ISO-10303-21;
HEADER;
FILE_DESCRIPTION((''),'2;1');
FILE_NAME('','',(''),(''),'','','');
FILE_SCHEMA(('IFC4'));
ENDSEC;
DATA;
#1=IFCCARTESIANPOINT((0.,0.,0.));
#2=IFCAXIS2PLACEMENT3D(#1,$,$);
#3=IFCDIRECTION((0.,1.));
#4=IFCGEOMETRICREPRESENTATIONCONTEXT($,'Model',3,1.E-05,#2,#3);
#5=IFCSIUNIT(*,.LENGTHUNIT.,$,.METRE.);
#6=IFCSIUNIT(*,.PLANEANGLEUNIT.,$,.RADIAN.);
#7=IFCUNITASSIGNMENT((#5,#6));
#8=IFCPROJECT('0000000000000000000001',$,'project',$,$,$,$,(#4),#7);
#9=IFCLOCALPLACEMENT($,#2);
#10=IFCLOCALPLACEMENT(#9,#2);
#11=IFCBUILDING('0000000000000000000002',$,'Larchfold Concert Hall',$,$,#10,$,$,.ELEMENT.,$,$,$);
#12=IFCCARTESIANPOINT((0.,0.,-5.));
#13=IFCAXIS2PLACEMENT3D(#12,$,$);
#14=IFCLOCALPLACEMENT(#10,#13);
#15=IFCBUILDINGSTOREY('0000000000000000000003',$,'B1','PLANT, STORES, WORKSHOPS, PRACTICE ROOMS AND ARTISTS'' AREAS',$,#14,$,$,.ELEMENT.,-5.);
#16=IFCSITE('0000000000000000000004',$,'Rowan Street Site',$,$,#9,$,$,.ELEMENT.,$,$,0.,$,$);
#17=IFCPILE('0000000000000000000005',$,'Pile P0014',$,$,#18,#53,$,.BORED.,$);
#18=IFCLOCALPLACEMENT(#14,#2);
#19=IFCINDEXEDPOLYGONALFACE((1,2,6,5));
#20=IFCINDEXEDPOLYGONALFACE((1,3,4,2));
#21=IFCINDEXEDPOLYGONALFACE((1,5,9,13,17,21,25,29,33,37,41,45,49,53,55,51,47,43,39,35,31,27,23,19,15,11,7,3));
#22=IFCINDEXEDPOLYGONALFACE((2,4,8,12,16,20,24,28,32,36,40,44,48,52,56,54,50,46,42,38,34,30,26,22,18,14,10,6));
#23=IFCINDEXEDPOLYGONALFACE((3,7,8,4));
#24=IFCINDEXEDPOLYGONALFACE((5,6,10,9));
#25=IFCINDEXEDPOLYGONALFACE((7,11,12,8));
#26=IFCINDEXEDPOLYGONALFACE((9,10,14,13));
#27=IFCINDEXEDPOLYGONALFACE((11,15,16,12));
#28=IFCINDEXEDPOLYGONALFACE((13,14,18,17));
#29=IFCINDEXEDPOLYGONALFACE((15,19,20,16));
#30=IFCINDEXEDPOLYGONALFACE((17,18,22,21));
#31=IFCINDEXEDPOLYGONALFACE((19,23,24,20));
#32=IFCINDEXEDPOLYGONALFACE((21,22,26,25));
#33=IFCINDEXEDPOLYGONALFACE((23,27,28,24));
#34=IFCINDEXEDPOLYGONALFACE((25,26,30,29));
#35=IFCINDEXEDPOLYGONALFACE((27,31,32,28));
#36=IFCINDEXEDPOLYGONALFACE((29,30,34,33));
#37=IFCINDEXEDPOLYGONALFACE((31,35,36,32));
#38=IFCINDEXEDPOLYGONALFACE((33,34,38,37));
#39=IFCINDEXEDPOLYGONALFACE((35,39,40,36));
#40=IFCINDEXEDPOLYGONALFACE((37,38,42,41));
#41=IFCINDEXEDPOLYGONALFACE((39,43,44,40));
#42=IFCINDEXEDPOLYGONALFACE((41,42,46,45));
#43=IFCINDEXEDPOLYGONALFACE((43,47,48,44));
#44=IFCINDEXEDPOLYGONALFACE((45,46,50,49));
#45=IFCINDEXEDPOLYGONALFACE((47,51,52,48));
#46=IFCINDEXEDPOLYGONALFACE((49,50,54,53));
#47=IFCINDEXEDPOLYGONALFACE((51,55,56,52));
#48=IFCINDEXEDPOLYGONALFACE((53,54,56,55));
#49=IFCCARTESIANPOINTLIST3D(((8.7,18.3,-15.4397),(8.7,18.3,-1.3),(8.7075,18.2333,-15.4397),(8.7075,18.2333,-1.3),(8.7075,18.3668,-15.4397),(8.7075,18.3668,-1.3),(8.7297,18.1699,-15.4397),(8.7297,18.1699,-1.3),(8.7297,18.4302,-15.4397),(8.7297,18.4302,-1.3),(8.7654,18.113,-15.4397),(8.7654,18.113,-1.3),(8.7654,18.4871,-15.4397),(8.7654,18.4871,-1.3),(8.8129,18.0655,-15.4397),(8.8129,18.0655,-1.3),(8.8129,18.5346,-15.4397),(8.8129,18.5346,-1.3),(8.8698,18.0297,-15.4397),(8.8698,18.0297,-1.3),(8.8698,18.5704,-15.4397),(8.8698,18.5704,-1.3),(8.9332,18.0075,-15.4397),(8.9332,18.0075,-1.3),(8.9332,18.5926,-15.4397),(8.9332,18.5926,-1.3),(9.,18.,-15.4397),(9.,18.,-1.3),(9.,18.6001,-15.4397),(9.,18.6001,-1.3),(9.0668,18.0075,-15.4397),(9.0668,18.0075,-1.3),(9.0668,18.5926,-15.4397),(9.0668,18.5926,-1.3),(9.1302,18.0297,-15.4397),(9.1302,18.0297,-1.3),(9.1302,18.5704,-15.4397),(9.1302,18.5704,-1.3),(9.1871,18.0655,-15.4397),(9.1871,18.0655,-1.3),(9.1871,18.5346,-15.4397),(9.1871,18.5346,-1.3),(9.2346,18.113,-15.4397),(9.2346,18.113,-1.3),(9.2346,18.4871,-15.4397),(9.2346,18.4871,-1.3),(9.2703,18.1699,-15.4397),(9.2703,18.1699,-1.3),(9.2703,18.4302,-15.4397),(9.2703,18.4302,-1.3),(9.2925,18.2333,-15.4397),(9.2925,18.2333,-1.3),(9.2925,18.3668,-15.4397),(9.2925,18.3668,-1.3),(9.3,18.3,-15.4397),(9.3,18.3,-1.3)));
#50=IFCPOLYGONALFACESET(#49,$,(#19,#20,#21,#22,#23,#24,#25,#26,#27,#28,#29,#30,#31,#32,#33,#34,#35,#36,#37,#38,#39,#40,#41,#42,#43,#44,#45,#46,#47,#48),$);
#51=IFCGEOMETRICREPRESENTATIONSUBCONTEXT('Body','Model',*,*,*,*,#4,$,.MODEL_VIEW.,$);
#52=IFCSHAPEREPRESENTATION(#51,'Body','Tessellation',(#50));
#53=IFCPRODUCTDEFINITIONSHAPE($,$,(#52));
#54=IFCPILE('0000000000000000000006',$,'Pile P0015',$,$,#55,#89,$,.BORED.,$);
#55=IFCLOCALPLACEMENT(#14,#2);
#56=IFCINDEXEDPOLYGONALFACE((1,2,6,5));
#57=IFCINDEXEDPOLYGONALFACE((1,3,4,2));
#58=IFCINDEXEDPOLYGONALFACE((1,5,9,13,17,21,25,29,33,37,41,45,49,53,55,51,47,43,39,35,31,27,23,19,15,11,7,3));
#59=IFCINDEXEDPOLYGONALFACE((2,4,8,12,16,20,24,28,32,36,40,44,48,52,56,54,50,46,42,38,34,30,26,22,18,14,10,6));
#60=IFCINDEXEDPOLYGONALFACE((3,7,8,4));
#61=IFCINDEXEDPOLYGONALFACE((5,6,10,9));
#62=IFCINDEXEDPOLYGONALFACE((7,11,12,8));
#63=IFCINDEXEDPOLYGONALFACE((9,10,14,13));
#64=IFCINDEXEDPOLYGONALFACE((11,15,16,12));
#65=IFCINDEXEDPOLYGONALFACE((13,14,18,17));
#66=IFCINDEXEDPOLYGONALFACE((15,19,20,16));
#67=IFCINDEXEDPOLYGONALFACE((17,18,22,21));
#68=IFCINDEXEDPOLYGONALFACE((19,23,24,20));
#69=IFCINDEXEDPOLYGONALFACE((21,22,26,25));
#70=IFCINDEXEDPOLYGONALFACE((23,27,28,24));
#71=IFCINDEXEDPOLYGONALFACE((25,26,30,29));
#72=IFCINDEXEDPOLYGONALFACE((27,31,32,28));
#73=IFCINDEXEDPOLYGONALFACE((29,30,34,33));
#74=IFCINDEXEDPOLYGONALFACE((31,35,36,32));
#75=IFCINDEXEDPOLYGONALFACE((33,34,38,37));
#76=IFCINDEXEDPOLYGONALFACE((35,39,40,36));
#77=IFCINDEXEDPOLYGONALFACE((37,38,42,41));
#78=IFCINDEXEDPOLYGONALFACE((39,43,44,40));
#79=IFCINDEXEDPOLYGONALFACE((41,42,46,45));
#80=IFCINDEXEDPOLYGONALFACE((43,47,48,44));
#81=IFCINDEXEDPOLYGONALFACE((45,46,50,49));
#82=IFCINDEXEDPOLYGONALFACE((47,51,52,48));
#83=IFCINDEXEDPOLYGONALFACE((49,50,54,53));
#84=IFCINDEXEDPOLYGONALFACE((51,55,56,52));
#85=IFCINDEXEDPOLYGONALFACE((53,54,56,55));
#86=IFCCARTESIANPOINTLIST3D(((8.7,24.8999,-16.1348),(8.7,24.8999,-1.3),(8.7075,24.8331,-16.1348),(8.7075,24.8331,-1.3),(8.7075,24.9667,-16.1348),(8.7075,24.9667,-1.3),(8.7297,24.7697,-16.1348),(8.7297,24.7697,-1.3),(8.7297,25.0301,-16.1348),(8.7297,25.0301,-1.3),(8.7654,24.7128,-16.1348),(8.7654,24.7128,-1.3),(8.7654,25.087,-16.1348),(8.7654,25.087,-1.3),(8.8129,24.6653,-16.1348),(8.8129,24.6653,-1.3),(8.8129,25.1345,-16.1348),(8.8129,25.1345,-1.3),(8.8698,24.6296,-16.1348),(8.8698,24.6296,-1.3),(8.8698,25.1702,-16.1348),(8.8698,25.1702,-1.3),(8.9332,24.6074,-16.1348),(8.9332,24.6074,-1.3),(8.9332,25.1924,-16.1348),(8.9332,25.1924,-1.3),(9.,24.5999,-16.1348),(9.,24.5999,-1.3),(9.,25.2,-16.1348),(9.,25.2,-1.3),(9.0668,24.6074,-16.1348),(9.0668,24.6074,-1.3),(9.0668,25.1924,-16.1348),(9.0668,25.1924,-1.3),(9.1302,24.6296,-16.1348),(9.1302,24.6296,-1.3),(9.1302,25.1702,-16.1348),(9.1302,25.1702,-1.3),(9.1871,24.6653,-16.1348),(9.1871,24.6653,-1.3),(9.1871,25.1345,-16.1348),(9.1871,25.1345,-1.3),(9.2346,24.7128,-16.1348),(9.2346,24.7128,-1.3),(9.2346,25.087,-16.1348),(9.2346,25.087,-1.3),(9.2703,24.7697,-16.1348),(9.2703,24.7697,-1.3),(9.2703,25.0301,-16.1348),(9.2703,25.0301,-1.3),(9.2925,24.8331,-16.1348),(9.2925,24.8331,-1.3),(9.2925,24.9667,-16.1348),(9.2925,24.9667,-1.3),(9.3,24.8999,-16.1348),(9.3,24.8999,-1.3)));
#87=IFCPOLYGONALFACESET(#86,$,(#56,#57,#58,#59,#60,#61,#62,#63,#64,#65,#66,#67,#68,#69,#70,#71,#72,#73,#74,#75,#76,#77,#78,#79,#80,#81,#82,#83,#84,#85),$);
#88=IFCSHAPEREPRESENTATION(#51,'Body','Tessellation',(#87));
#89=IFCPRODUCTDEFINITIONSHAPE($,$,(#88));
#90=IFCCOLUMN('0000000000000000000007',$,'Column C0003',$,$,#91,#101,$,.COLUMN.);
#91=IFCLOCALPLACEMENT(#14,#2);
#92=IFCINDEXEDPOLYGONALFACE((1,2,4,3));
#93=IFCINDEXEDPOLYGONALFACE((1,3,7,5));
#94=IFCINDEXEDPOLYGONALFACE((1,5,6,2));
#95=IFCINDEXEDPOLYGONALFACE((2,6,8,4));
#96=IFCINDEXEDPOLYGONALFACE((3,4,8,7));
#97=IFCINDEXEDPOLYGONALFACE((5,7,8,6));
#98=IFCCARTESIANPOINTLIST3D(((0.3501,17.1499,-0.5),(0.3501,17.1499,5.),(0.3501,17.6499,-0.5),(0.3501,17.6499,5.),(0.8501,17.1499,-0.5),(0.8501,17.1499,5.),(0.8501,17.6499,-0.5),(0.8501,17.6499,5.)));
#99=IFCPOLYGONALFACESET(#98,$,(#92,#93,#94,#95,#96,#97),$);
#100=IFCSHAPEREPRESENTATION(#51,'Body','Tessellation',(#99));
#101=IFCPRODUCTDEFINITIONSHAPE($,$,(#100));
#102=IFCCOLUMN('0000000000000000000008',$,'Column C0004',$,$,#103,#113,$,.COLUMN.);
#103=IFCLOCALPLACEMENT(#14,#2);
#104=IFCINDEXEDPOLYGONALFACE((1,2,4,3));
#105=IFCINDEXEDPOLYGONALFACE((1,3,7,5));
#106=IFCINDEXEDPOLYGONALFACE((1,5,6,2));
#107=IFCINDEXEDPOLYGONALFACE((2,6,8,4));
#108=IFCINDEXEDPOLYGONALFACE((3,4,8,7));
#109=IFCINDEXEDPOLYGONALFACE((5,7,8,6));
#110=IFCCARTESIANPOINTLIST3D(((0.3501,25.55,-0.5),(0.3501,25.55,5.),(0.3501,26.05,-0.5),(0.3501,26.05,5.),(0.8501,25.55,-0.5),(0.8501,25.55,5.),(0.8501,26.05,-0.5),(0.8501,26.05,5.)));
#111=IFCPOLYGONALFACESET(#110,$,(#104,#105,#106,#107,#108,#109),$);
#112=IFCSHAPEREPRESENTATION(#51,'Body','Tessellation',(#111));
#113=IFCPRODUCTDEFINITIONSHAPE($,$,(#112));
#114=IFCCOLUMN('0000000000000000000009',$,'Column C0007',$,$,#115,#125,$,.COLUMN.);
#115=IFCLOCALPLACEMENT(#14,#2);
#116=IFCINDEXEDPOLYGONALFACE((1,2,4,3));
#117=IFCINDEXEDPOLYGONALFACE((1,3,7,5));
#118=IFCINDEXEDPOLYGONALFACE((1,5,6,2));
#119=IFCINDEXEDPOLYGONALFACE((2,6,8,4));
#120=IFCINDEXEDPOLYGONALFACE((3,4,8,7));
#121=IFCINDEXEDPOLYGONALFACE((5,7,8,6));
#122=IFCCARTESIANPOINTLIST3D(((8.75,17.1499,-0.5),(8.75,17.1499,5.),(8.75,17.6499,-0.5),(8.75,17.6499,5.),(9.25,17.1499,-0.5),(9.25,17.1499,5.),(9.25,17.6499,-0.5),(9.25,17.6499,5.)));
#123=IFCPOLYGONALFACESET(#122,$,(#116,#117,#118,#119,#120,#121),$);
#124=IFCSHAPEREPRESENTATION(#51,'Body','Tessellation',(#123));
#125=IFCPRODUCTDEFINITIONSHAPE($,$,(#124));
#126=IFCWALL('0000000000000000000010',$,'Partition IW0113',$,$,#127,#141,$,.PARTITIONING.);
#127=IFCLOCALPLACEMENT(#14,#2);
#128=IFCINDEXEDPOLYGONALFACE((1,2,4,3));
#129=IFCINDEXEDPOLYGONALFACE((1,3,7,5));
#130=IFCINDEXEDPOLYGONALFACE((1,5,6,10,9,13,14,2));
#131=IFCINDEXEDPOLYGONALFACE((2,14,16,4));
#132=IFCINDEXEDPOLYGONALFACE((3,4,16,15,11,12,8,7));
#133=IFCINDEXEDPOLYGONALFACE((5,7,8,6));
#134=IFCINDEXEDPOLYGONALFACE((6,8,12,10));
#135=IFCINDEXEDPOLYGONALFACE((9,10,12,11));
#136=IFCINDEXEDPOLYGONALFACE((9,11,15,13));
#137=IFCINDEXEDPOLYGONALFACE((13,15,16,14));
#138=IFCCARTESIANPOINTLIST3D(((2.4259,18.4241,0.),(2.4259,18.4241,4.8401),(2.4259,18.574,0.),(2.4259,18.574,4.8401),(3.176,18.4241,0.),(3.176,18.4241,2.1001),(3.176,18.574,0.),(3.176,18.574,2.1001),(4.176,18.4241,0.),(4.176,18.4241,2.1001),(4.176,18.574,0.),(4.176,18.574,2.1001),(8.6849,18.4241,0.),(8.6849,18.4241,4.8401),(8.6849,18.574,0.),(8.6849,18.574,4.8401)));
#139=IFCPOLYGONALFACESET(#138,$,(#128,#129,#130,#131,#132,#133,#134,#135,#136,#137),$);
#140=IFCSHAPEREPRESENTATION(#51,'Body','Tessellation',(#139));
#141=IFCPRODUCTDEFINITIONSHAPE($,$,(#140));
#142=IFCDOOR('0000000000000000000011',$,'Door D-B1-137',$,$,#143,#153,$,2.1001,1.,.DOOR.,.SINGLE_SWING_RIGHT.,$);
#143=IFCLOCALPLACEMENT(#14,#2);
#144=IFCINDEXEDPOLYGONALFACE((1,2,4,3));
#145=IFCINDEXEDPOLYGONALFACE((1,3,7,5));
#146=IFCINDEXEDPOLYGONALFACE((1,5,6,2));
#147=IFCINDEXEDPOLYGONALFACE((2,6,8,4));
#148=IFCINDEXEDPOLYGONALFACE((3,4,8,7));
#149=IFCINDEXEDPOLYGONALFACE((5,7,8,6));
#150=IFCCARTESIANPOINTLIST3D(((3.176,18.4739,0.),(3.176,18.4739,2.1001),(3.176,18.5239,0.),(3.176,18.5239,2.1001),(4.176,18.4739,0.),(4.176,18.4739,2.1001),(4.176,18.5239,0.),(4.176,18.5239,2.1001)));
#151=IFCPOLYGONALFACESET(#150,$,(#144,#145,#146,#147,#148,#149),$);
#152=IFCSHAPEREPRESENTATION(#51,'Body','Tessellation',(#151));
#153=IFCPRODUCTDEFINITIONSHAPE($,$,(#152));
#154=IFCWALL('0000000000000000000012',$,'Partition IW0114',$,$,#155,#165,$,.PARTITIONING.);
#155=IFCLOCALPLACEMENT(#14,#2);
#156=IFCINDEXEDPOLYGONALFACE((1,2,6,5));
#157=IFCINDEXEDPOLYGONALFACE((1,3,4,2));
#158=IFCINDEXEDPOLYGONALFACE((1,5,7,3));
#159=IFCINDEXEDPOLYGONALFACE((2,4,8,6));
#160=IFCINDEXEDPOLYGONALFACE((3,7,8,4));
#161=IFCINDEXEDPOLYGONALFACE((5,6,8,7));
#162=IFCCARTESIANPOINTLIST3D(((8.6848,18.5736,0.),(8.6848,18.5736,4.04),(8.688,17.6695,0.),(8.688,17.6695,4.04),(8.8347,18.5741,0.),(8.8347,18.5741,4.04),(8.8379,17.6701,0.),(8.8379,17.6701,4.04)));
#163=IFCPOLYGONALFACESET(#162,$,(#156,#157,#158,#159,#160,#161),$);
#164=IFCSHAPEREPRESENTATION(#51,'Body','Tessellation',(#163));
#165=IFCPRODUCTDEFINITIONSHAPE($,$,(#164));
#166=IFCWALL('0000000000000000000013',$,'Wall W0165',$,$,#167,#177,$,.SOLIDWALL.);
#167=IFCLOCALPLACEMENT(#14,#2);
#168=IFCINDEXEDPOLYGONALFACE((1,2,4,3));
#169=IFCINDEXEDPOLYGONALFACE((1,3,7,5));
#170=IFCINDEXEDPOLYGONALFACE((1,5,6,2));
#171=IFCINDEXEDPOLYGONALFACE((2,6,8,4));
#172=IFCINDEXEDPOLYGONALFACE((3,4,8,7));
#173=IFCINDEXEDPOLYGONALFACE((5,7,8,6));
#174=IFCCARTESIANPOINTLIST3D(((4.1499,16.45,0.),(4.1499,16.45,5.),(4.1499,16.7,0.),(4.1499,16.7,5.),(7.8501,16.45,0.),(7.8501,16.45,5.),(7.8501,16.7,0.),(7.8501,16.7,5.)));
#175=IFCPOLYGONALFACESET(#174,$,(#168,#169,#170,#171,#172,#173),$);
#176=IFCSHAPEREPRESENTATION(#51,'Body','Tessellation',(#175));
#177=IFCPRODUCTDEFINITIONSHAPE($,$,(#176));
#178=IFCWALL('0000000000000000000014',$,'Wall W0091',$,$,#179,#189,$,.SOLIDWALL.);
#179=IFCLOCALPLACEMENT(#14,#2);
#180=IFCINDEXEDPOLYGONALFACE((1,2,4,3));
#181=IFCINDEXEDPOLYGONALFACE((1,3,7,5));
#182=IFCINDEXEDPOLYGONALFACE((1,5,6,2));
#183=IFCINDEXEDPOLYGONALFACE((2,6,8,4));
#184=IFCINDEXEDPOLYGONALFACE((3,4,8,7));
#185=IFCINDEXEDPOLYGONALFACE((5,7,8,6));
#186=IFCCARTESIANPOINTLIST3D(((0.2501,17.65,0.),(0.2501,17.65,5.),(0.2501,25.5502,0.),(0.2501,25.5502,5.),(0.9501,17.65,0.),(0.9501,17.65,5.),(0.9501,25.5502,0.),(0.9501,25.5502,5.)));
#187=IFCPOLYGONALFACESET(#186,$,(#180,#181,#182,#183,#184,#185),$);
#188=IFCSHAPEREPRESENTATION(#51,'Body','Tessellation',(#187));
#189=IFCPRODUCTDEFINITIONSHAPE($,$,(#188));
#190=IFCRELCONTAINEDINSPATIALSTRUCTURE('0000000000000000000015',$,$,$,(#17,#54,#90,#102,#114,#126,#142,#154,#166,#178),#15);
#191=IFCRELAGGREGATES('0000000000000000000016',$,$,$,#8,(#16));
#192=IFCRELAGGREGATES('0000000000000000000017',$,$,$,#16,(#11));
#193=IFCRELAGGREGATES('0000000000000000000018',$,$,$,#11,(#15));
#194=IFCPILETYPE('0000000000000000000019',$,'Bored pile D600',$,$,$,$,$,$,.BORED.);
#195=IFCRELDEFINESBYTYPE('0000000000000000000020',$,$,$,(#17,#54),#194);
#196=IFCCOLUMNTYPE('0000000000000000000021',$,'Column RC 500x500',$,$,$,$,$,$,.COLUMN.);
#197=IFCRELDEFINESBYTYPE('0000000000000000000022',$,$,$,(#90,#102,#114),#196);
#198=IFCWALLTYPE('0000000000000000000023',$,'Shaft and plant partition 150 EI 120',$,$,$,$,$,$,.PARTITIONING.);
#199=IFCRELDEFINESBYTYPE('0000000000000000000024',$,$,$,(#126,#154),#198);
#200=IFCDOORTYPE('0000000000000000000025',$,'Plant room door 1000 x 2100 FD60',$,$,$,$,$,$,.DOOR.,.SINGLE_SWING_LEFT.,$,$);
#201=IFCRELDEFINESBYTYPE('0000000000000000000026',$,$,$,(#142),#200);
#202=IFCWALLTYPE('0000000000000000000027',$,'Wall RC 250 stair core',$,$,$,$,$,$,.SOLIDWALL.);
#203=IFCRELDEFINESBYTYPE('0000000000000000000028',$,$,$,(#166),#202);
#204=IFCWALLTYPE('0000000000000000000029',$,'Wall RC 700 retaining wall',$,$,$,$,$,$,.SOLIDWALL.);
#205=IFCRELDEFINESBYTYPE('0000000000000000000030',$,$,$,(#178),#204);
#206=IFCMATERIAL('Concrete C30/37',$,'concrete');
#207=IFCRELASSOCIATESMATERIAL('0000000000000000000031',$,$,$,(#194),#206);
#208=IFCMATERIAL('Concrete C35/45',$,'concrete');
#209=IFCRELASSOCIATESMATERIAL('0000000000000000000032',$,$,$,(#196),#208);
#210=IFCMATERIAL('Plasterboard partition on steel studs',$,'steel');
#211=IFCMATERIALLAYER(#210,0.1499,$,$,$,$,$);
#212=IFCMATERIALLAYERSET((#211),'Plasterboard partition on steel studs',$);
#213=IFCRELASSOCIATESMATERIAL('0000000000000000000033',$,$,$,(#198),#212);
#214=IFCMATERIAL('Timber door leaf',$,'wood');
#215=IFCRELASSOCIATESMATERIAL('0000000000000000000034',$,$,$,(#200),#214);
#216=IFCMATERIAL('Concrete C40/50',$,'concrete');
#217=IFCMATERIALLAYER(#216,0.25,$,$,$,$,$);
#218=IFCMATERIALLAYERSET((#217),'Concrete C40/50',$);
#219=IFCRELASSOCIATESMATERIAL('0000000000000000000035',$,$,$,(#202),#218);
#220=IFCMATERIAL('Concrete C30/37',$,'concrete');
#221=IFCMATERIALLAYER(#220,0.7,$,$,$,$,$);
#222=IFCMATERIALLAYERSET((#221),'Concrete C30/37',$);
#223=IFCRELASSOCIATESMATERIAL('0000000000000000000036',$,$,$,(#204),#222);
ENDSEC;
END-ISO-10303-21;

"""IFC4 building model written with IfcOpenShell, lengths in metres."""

from ifc_helpers import new_model, si_unit, direction, frame, frame_2d, origin, origin_2d, place, context, subcontext, project, spatial, rectangle, circle, extrude, material, layer, layer_set, material_profile, profile_set, type_object, element, fill, save


model = new_model("IFC4")

# Units and contexts
model_context = context("Model", 3, precision=1e-05, world=origin(), true_north=direction((0.0, 1.0)))
body_context = subcontext(model_context, "Body", "Model", "MODEL_VIEW")
ifc_project = project(units=[si_unit("LENGTHUNIT", "METRE"), si_unit("PLANEANGLEUNIT", "RADIAN")], contexts=[model_context])

# Site, building, storey
site_placement = place(None, origin())
site = spatial("IfcSite", under=ifc_project, at=site_placement, Name="Rowan Street Site", CompositionType="ELEMENT", RefElevation=0.0)
building_placement = place(site_placement, origin())
building = spatial("IfcBuilding", under=site, at=building_placement, Name="Larchfold Concert Hall", CompositionType="ELEMENT")
storey_placement = place(building_placement, frame((0.0, 0.0, -5.0)))
storey = spatial("IfcBuildingStorey", under=building, at=storey_placement, Name="B1", Description="PLANT, STORES, WORKSHOPS, PRACTICE ROOMS AND ARTISTS' AREAS", CompositionType="ELEMENT", Elevation=-5.0)

# Piles
ifc_material_1 = material(Name="Concrete C30/37", Category="concrete")
ifc_material_profile_1 = material_profile(ifc_material_1, circle(Radius=0.3, at=origin_2d()))
ifc_profile_set_1 = profile_set([ifc_material_profile_1], Name="Concrete C30/37")
pile_type = type_object("IfcPileType", Name="Bored pile D600", PredefinedType="BORED", material=ifc_profile_set_1)
for number, where, z_axis, x_axis, name in (
    (1, (9.0, 18.3, -1.3), (0.0, 0.0, -1.0), (1.0, 0.0, 0.0), "Pile P0014"),
):
    element("IfcPile", number, at=place(storey_placement, frame(where, z_axis=z_axis, x_axis=x_axis)), inside=storey, type_object=pile_type, Name=name, PredefinedType="BORED", context=body_context, shape_type="SweptSolid", body=[
        extrude(circle(Radius=0.3, at=origin_2d()), origin(), (0.0, 0.0, 1.0), 14.1396),
    ])
pile_placement = place(storey_placement, frame((9.0, 24.8999, -1.3), z_axis=(0.0, 0.0, -1.0), x_axis=(1.0, 0.0, 0.0)))
element("IfcPile", 2, at=pile_placement, inside=storey, type_object=pile_type, Name="Pile P0015", PredefinedType="BORED", context=body_context, shape_type="SweptSolid", body=[
    extrude(circle(Radius=0.3, at=origin_2d()), origin(), (0.0, 0.0, 1.0), 14.8347),
])

# Columns
ifc_material_2 = material(Name="Concrete C35/45", Category="concrete")
ifc_material_profile_2 = material_profile(ifc_material_2, rectangle(XDim=0.5, YDim=0.5, at=origin_2d()))
ifc_profile_set_2 = profile_set([ifc_material_profile_2], Name="Concrete C35/45")
column_type = type_object("IfcColumnType", Name="Column RC 500x500", PredefinedType="COLUMN", material=ifc_profile_set_2)
for number, where, z_axis, x_axis, name in (
    (3, (0.6001, 17.3999, -0.5), (0.0, 0.0, 1.0), (1.0, 0.0, 0.0), "Column C0003"),
    (4, (0.6001, 25.8, -0.5), (0.0, 0.0, 1.0), (1.0, 0.0, 0.0), "Column C0004"),
    (5, (9.0, 17.3999, -0.5), (0.0, 0.0, 1.0), (1.0, 0.0, 0.0), "Column C0007"),
):
    element("IfcColumn", number, at=place(storey_placement, frame(where, z_axis=z_axis, x_axis=x_axis)), inside=storey, type_object=column_type, Name=name, PredefinedType="COLUMN", context=body_context, shape_type="SweptSolid", body=[
        extrude(rectangle(XDim=0.5, YDim=0.5, at=origin_2d()), origin(), (0.0, 0.0, 1.0), 5.5),
    ])

# Wall, opening, door
ifc_material_3 = material(Name="Plasterboard partition on steel studs", Category="steel")
ifc_layer_1 = layer(ifc_material_3, 0.1499)
ifc_layer_set_1 = layer_set([ifc_layer_1], Name="Plasterboard partition on steel studs")
wall_type_1 = type_object("IfcWallType", Name="Shaft and plant partition 150 EI 120", PredefinedType="PARTITIONING", material=ifc_layer_set_1)
wall_1_placement = place(storey_placement, frame((2.426, 18.499, 0.0), z_axis=(0.0, 0.0, 1.0), x_axis=(1.0, 0.0, 0.0)))
wall_1 = element("IfcWall", 6, at=wall_1_placement, inside=storey, type_object=wall_type_1, Name="Partition IW0113", PredefinedType="PARTITIONING", context=body_context, shape_type="SweptSolid", body=[
    extrude(rectangle(XDim=6.259, YDim=0.1499, at=frame_2d((3.1294, 0.0))), origin(), (0.0, 0.0, 1.0), 4.8401),
])
opening_placement = place(wall_1_placement, frame((0.75, 0.0, 0.0)))
opening = element("IfcOpeningElement", 7, at=opening_placement, cuts=wall_1, PredefinedType="OPENING", context=body_context, shape_type="SweptSolid", body=[
    extrude(rectangle(XDim=1.0, YDim=2.1001, at=frame_2d((0.5, 1.05))), frame((0.0, 0.085, 0.0), z_axis=(0.0, -1.0, 0.0), x_axis=(1.0, 0.0, 0.0)), (0.0, 0.0, 1.0), 0.1699),
])
ifc_material_4 = material(Name="Timber door leaf", Category="wood")
door_type = type_object("IfcDoorType", Name="Plant room door 1000 x 2100 FD60", OperationType="SINGLE_SWING_LEFT", PredefinedType="DOOR", material=ifc_material_4)
door_placement = place(opening_placement, origin())
door = element("IfcDoor", 8, at=door_placement, inside=storey, type_object=door_type, Name="Door D-B1-137", OperationType="SINGLE_SWING_RIGHT", OverallHeight=2.1001, OverallWidth=1.0, PredefinedType="DOOR", context=body_context, shape_type="SweptSolid", body=[
    extrude(rectangle(XDim=1.0, YDim=2.1001, at=frame_2d((0.5, 1.05))), frame((0.0, 0.0249, 0.0), z_axis=(0.0, -1.0, 0.0), x_axis=(1.0, 0.0, 0.0)), (0.0, 0.0, 1.0), 0.05),
])
fill(opening, door)

# Walls
wall_2_placement = place(storey_placement, frame((8.7598, 18.574, 0.0), z_axis=(0.0, 0.0, 1.0), x_axis=(0.003511, -0.999994, 0.0)))
element("IfcWall", 9, at=wall_2_placement, inside=storey, type_object=wall_type_1, Name="Partition IW0114", PredefinedType="PARTITIONING", context=body_context, shape_type="SweptSolid", body=[
    extrude(rectangle(XDim=0.9041, YDim=0.1499, at=frame_2d((0.4521, 0.0))), origin(), (0.0, 0.0, 1.0), 4.04),
])
ifc_material_5 = material(Name="Concrete C40/50", Category="concrete")
ifc_layer_2 = layer(ifc_material_5, 0.25)
ifc_layer_set_2 = layer_set([ifc_layer_2], Name="Concrete C40/50")
wall_type_2 = type_object("IfcWallType", Name="Wall RC 250 stair core", PredefinedType="SOLIDWALL", material=ifc_layer_set_2)
wall_3_placement = place(storey_placement, frame((4.1499, 16.575, 0.0), z_axis=(0.0, 0.0, 1.0), x_axis=(1.0, 0.0, 0.0)))
element("IfcWall", 10, at=wall_3_placement, inside=storey, type_object=wall_type_2, Name="Wall W0165", PredefinedType="SOLIDWALL", context=body_context, shape_type="SweptSolid", body=[
    extrude(rectangle(XDim=3.7002, YDim=0.25, at=frame_2d((1.8501, 0.0))), origin(), (0.0, 0.0, 1.0), 5.0),
])
ifc_material_6 = material(Name="Concrete C30/37", Category="concrete")
ifc_layer_3 = layer(ifc_material_6, 0.7)
ifc_layer_set_3 = layer_set([ifc_layer_3], Name="Concrete C30/37")
wall_type_3 = type_object("IfcWallType", Name="Wall RC 700 retaining wall", PredefinedType="SOLIDWALL", material=ifc_layer_set_3)
wall_4_placement = place(storey_placement, frame((0.6001, 17.6499, 0.0), z_axis=(0.0, 0.0, 1.0), x_axis=(0.0, 1.0, 0.0)))
element("IfcWall", 11, at=wall_4_placement, inside=storey, type_object=wall_type_3, Name="Wall W0091", PredefinedType="SOLIDWALL", context=body_context, shape_type="SweptSolid", body=[
    extrude(rectangle(XDim=7.9001, YDim=0.7, at=frame_2d((3.9502, 0.0))), origin(), (0.0, 0.0, 1.0), 5.0),
])

save(model, "model.ifc")
